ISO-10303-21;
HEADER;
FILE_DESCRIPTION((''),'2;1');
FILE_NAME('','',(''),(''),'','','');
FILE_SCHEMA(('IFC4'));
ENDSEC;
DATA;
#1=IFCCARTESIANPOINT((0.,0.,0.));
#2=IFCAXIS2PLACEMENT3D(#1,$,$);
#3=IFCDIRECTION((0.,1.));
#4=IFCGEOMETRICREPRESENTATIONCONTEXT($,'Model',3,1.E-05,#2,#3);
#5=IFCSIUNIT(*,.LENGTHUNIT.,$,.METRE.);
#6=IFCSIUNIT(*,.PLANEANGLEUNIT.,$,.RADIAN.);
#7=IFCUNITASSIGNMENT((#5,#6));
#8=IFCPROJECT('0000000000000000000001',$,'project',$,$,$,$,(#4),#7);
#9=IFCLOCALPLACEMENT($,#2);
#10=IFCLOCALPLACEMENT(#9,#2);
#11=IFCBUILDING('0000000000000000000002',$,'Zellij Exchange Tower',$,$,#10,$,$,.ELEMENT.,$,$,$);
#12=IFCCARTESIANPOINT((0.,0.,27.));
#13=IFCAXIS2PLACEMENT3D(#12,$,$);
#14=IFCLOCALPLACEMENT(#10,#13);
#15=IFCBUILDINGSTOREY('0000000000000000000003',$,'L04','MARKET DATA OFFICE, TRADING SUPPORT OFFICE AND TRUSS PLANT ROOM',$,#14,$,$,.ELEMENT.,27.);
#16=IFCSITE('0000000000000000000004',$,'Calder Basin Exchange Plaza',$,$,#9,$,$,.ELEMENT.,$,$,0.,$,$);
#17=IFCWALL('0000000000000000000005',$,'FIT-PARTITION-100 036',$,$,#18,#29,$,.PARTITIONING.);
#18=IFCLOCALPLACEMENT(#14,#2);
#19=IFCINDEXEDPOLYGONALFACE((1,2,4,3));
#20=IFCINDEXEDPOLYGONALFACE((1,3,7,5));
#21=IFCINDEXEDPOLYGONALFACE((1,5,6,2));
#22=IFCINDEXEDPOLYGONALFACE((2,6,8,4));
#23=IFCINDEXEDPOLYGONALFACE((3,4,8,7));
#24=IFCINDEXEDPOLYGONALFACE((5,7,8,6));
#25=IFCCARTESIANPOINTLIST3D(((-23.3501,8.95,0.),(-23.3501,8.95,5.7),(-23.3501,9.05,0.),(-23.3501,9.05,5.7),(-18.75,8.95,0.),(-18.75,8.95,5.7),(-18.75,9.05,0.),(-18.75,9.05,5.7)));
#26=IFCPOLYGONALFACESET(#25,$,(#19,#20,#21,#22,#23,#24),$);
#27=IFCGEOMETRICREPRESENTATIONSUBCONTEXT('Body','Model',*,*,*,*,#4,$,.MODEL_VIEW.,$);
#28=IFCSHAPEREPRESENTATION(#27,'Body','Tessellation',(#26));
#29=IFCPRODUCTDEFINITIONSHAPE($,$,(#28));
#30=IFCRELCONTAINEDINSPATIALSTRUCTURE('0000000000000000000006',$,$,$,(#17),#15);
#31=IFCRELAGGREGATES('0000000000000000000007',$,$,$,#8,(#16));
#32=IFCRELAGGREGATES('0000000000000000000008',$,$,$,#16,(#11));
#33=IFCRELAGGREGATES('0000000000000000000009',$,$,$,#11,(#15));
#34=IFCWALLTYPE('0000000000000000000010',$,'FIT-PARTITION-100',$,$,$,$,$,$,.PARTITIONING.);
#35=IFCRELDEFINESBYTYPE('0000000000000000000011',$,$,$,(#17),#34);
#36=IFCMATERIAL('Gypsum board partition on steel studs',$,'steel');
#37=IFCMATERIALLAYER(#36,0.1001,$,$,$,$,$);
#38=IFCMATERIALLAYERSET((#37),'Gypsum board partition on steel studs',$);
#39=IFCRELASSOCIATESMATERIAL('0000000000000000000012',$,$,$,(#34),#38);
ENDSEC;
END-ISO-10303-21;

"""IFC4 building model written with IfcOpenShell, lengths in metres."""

from ifc_helpers import new_model, si_unit, direction, frame, frame_2d, origin, place, context, subcontext, project, spatial, rectangle, extrude, material, layer, layer_set, type_object, element, save


model = new_model("IFC4")

# Units and contexts
model_context = context("Model", 3, precision=1e-05, world=origin(), true_north=direction((0.0, 1.0)))
body_context = subcontext(model_context, "Body", "Model", "MODEL_VIEW")
ifc_project = project(units=[si_unit("LENGTHUNIT", "METRE"), si_unit("PLANEANGLEUNIT", "RADIAN")], contexts=[model_context])

# Site, building, storey
site_placement = place(None, origin())
site = spatial("IfcSite", under=ifc_project, at=site_placement, Name="Calder Basin Exchange Plaza", CompositionType="ELEMENT", RefElevation=0.0)
building_placement = place(site_placement, origin())
building = spatial("IfcBuilding", under=site, at=building_placement, Name="Zellij Exchange Tower", CompositionType="ELEMENT")
storey_placement = place(building_placement, frame((0.0, 0.0, 27.0)))
storey = spatial("IfcBuildingStorey", under=building, at=storey_placement, Name="L04", Description="MARKET DATA OFFICE, TRADING SUPPORT OFFICE AND TRUSS PLANT ROOM", CompositionType="ELEMENT", Elevation=27.0)

# Shared definitions
ifc_material_1 = material(Name="Gypsum board partition on steel studs", Category="steel")
ifc_layer = layer(ifc_material_1, 0.1001)
ifc_layer_set = layer_set([ifc_layer], Name="Gypsum board partition on steel studs")
wall_type = type_object("IfcWallType", Name="FIT-PARTITION-100", PredefinedType="PARTITIONING", material=ifc_layer_set)

# Wall
wall_1_placement = place(storey_placement, frame((-23.3501, 9.0, 0.0), z_axis=(0.0, 0.0, 1.0), x_axis=(1.0, 0.0, 0.0)))
element("IfcWall", 1, at=wall_1_placement, inside=storey, type_object=wall_type, Name="FIT-PARTITION-100 036", PredefinedType="PARTITIONING", context=body_context, shape_type="SweptSolid", body=[
    extrude(rectangle(XDim=4.6001, YDim=0.1001, at=frame_2d((2.3, 0.0))), origin(), (0.0, 0.0, 1.0), 5.7),
])

save(model, "model.ifc")
